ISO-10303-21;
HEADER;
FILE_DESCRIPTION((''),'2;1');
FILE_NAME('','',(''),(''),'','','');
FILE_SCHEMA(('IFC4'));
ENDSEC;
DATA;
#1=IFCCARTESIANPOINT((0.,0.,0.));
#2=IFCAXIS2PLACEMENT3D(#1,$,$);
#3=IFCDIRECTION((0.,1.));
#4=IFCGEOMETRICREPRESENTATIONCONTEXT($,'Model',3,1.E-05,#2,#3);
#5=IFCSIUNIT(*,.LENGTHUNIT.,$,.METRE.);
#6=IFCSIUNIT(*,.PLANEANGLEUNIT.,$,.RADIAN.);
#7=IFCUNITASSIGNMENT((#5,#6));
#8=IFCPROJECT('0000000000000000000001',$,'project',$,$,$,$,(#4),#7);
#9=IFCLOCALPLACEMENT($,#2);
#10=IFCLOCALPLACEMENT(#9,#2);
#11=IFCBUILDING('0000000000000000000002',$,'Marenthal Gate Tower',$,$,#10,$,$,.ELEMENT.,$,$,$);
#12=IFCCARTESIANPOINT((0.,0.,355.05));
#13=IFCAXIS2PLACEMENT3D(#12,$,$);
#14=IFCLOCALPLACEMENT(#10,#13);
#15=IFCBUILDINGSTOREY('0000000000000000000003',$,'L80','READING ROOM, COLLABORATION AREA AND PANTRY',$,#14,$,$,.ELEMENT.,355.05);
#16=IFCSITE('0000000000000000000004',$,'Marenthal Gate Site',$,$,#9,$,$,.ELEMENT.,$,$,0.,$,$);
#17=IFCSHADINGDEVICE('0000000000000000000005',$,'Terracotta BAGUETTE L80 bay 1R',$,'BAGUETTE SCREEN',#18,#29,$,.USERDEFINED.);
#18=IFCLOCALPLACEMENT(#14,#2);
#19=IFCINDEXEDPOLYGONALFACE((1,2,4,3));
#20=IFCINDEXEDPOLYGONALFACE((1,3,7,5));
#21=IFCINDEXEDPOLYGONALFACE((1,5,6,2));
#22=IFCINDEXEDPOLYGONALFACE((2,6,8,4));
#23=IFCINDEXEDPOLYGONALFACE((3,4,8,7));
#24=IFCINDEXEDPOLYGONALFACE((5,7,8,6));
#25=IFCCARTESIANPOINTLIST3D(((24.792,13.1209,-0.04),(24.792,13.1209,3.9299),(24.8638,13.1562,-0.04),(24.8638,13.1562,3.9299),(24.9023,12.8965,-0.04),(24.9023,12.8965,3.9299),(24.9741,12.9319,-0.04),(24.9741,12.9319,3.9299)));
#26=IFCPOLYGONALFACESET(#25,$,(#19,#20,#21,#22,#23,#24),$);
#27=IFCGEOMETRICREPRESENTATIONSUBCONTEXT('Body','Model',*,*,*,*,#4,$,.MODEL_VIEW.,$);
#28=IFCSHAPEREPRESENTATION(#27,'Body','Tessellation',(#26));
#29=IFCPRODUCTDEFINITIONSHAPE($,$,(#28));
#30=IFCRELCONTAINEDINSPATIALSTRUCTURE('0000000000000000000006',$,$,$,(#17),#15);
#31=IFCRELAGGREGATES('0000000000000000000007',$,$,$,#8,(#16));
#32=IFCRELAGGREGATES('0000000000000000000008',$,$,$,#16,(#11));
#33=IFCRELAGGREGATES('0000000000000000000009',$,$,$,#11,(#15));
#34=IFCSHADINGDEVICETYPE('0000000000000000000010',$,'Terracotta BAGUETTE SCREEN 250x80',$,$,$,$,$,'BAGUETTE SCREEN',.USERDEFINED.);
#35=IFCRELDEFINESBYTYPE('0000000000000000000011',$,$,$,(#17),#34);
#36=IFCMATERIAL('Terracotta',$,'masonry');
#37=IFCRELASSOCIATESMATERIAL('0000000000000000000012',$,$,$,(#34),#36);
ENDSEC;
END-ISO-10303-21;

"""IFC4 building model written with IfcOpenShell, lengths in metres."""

from ifc_helpers import new_model, si_unit, direction, frame, origin, origin_2d, place, context, subcontext, project, spatial, rectangle, extrude, material, material_profile, profile_set, type_object, element, save


model = new_model("IFC4")

# Units and contexts
model_context = context("Model", 3, precision=1e-05, world=origin(), true_north=direction((0.0, 1.0)))
body_context = subcontext(model_context, "Body", "Model", "MODEL_VIEW")
ifc_project = project(units=[si_unit("LENGTHUNIT", "METRE"), si_unit("PLANEANGLEUNIT", "RADIAN")], contexts=[model_context])

# Site, building, storey
site_placement = place(None, origin())
site = spatial("IfcSite", under=ifc_project, at=site_placement, Name="Marenthal Gate Site", CompositionType="ELEMENT", RefElevation=0.0)
building_placement = place(site_placement, origin())
building = spatial("IfcBuilding", under=site, at=building_placement, Name="Marenthal Gate Tower", CompositionType="ELEMENT")
storey_placement = place(building_placement, frame((0.0, 0.0, 355.05)))
storey = spatial("IfcBuildingStorey", under=building, at=storey_placement, Name="L80", Description="READING ROOM, COLLABORATION AREA AND PANTRY", CompositionType="ELEMENT", Elevation=355.05)

# Shading device
ifc_material_1 = material(Name="Terracotta", Category="masonry")
ifc_material_profile_1 = material_profile(ifc_material_1, rectangle(XDim=0.25, YDim=0.0801, at=origin_2d()), Name="Terracotta baguette 250x80")
ifc_profile_set_1 = profile_set([ifc_material_profile_1], Name="Terracotta")
shading_device_type = type_object("IfcShadingDeviceType", Name="Terracotta BAGUETTE SCREEN 250x80", ElementType="BAGUETTE SCREEN", PredefinedType="USERDEFINED", material=ifc_profile_set_1)
shading_device_placement = place(storey_placement, frame((24.8831, 13.0264, -0.04), z_axis=(0.0, 0.0, 1.0), x_axis=(-0.441181, 0.897418, 0.0)))
element("IfcShadingDevice", 1, at=shading_device_placement, inside=storey, type_object=shading_device_type, Name="Terracotta BAGUETTE L80 bay 1R", ObjectType="BAGUETTE SCREEN", PredefinedType="USERDEFINED", context=body_context, shape_type="SweptSolid", body=[
    extrude(rectangle(XDim=0.25, YDim=0.0801, at=origin_2d()), origin(), (0.0, 0.0, 1.0), 3.97),
])

save(model, "model.ifc")
